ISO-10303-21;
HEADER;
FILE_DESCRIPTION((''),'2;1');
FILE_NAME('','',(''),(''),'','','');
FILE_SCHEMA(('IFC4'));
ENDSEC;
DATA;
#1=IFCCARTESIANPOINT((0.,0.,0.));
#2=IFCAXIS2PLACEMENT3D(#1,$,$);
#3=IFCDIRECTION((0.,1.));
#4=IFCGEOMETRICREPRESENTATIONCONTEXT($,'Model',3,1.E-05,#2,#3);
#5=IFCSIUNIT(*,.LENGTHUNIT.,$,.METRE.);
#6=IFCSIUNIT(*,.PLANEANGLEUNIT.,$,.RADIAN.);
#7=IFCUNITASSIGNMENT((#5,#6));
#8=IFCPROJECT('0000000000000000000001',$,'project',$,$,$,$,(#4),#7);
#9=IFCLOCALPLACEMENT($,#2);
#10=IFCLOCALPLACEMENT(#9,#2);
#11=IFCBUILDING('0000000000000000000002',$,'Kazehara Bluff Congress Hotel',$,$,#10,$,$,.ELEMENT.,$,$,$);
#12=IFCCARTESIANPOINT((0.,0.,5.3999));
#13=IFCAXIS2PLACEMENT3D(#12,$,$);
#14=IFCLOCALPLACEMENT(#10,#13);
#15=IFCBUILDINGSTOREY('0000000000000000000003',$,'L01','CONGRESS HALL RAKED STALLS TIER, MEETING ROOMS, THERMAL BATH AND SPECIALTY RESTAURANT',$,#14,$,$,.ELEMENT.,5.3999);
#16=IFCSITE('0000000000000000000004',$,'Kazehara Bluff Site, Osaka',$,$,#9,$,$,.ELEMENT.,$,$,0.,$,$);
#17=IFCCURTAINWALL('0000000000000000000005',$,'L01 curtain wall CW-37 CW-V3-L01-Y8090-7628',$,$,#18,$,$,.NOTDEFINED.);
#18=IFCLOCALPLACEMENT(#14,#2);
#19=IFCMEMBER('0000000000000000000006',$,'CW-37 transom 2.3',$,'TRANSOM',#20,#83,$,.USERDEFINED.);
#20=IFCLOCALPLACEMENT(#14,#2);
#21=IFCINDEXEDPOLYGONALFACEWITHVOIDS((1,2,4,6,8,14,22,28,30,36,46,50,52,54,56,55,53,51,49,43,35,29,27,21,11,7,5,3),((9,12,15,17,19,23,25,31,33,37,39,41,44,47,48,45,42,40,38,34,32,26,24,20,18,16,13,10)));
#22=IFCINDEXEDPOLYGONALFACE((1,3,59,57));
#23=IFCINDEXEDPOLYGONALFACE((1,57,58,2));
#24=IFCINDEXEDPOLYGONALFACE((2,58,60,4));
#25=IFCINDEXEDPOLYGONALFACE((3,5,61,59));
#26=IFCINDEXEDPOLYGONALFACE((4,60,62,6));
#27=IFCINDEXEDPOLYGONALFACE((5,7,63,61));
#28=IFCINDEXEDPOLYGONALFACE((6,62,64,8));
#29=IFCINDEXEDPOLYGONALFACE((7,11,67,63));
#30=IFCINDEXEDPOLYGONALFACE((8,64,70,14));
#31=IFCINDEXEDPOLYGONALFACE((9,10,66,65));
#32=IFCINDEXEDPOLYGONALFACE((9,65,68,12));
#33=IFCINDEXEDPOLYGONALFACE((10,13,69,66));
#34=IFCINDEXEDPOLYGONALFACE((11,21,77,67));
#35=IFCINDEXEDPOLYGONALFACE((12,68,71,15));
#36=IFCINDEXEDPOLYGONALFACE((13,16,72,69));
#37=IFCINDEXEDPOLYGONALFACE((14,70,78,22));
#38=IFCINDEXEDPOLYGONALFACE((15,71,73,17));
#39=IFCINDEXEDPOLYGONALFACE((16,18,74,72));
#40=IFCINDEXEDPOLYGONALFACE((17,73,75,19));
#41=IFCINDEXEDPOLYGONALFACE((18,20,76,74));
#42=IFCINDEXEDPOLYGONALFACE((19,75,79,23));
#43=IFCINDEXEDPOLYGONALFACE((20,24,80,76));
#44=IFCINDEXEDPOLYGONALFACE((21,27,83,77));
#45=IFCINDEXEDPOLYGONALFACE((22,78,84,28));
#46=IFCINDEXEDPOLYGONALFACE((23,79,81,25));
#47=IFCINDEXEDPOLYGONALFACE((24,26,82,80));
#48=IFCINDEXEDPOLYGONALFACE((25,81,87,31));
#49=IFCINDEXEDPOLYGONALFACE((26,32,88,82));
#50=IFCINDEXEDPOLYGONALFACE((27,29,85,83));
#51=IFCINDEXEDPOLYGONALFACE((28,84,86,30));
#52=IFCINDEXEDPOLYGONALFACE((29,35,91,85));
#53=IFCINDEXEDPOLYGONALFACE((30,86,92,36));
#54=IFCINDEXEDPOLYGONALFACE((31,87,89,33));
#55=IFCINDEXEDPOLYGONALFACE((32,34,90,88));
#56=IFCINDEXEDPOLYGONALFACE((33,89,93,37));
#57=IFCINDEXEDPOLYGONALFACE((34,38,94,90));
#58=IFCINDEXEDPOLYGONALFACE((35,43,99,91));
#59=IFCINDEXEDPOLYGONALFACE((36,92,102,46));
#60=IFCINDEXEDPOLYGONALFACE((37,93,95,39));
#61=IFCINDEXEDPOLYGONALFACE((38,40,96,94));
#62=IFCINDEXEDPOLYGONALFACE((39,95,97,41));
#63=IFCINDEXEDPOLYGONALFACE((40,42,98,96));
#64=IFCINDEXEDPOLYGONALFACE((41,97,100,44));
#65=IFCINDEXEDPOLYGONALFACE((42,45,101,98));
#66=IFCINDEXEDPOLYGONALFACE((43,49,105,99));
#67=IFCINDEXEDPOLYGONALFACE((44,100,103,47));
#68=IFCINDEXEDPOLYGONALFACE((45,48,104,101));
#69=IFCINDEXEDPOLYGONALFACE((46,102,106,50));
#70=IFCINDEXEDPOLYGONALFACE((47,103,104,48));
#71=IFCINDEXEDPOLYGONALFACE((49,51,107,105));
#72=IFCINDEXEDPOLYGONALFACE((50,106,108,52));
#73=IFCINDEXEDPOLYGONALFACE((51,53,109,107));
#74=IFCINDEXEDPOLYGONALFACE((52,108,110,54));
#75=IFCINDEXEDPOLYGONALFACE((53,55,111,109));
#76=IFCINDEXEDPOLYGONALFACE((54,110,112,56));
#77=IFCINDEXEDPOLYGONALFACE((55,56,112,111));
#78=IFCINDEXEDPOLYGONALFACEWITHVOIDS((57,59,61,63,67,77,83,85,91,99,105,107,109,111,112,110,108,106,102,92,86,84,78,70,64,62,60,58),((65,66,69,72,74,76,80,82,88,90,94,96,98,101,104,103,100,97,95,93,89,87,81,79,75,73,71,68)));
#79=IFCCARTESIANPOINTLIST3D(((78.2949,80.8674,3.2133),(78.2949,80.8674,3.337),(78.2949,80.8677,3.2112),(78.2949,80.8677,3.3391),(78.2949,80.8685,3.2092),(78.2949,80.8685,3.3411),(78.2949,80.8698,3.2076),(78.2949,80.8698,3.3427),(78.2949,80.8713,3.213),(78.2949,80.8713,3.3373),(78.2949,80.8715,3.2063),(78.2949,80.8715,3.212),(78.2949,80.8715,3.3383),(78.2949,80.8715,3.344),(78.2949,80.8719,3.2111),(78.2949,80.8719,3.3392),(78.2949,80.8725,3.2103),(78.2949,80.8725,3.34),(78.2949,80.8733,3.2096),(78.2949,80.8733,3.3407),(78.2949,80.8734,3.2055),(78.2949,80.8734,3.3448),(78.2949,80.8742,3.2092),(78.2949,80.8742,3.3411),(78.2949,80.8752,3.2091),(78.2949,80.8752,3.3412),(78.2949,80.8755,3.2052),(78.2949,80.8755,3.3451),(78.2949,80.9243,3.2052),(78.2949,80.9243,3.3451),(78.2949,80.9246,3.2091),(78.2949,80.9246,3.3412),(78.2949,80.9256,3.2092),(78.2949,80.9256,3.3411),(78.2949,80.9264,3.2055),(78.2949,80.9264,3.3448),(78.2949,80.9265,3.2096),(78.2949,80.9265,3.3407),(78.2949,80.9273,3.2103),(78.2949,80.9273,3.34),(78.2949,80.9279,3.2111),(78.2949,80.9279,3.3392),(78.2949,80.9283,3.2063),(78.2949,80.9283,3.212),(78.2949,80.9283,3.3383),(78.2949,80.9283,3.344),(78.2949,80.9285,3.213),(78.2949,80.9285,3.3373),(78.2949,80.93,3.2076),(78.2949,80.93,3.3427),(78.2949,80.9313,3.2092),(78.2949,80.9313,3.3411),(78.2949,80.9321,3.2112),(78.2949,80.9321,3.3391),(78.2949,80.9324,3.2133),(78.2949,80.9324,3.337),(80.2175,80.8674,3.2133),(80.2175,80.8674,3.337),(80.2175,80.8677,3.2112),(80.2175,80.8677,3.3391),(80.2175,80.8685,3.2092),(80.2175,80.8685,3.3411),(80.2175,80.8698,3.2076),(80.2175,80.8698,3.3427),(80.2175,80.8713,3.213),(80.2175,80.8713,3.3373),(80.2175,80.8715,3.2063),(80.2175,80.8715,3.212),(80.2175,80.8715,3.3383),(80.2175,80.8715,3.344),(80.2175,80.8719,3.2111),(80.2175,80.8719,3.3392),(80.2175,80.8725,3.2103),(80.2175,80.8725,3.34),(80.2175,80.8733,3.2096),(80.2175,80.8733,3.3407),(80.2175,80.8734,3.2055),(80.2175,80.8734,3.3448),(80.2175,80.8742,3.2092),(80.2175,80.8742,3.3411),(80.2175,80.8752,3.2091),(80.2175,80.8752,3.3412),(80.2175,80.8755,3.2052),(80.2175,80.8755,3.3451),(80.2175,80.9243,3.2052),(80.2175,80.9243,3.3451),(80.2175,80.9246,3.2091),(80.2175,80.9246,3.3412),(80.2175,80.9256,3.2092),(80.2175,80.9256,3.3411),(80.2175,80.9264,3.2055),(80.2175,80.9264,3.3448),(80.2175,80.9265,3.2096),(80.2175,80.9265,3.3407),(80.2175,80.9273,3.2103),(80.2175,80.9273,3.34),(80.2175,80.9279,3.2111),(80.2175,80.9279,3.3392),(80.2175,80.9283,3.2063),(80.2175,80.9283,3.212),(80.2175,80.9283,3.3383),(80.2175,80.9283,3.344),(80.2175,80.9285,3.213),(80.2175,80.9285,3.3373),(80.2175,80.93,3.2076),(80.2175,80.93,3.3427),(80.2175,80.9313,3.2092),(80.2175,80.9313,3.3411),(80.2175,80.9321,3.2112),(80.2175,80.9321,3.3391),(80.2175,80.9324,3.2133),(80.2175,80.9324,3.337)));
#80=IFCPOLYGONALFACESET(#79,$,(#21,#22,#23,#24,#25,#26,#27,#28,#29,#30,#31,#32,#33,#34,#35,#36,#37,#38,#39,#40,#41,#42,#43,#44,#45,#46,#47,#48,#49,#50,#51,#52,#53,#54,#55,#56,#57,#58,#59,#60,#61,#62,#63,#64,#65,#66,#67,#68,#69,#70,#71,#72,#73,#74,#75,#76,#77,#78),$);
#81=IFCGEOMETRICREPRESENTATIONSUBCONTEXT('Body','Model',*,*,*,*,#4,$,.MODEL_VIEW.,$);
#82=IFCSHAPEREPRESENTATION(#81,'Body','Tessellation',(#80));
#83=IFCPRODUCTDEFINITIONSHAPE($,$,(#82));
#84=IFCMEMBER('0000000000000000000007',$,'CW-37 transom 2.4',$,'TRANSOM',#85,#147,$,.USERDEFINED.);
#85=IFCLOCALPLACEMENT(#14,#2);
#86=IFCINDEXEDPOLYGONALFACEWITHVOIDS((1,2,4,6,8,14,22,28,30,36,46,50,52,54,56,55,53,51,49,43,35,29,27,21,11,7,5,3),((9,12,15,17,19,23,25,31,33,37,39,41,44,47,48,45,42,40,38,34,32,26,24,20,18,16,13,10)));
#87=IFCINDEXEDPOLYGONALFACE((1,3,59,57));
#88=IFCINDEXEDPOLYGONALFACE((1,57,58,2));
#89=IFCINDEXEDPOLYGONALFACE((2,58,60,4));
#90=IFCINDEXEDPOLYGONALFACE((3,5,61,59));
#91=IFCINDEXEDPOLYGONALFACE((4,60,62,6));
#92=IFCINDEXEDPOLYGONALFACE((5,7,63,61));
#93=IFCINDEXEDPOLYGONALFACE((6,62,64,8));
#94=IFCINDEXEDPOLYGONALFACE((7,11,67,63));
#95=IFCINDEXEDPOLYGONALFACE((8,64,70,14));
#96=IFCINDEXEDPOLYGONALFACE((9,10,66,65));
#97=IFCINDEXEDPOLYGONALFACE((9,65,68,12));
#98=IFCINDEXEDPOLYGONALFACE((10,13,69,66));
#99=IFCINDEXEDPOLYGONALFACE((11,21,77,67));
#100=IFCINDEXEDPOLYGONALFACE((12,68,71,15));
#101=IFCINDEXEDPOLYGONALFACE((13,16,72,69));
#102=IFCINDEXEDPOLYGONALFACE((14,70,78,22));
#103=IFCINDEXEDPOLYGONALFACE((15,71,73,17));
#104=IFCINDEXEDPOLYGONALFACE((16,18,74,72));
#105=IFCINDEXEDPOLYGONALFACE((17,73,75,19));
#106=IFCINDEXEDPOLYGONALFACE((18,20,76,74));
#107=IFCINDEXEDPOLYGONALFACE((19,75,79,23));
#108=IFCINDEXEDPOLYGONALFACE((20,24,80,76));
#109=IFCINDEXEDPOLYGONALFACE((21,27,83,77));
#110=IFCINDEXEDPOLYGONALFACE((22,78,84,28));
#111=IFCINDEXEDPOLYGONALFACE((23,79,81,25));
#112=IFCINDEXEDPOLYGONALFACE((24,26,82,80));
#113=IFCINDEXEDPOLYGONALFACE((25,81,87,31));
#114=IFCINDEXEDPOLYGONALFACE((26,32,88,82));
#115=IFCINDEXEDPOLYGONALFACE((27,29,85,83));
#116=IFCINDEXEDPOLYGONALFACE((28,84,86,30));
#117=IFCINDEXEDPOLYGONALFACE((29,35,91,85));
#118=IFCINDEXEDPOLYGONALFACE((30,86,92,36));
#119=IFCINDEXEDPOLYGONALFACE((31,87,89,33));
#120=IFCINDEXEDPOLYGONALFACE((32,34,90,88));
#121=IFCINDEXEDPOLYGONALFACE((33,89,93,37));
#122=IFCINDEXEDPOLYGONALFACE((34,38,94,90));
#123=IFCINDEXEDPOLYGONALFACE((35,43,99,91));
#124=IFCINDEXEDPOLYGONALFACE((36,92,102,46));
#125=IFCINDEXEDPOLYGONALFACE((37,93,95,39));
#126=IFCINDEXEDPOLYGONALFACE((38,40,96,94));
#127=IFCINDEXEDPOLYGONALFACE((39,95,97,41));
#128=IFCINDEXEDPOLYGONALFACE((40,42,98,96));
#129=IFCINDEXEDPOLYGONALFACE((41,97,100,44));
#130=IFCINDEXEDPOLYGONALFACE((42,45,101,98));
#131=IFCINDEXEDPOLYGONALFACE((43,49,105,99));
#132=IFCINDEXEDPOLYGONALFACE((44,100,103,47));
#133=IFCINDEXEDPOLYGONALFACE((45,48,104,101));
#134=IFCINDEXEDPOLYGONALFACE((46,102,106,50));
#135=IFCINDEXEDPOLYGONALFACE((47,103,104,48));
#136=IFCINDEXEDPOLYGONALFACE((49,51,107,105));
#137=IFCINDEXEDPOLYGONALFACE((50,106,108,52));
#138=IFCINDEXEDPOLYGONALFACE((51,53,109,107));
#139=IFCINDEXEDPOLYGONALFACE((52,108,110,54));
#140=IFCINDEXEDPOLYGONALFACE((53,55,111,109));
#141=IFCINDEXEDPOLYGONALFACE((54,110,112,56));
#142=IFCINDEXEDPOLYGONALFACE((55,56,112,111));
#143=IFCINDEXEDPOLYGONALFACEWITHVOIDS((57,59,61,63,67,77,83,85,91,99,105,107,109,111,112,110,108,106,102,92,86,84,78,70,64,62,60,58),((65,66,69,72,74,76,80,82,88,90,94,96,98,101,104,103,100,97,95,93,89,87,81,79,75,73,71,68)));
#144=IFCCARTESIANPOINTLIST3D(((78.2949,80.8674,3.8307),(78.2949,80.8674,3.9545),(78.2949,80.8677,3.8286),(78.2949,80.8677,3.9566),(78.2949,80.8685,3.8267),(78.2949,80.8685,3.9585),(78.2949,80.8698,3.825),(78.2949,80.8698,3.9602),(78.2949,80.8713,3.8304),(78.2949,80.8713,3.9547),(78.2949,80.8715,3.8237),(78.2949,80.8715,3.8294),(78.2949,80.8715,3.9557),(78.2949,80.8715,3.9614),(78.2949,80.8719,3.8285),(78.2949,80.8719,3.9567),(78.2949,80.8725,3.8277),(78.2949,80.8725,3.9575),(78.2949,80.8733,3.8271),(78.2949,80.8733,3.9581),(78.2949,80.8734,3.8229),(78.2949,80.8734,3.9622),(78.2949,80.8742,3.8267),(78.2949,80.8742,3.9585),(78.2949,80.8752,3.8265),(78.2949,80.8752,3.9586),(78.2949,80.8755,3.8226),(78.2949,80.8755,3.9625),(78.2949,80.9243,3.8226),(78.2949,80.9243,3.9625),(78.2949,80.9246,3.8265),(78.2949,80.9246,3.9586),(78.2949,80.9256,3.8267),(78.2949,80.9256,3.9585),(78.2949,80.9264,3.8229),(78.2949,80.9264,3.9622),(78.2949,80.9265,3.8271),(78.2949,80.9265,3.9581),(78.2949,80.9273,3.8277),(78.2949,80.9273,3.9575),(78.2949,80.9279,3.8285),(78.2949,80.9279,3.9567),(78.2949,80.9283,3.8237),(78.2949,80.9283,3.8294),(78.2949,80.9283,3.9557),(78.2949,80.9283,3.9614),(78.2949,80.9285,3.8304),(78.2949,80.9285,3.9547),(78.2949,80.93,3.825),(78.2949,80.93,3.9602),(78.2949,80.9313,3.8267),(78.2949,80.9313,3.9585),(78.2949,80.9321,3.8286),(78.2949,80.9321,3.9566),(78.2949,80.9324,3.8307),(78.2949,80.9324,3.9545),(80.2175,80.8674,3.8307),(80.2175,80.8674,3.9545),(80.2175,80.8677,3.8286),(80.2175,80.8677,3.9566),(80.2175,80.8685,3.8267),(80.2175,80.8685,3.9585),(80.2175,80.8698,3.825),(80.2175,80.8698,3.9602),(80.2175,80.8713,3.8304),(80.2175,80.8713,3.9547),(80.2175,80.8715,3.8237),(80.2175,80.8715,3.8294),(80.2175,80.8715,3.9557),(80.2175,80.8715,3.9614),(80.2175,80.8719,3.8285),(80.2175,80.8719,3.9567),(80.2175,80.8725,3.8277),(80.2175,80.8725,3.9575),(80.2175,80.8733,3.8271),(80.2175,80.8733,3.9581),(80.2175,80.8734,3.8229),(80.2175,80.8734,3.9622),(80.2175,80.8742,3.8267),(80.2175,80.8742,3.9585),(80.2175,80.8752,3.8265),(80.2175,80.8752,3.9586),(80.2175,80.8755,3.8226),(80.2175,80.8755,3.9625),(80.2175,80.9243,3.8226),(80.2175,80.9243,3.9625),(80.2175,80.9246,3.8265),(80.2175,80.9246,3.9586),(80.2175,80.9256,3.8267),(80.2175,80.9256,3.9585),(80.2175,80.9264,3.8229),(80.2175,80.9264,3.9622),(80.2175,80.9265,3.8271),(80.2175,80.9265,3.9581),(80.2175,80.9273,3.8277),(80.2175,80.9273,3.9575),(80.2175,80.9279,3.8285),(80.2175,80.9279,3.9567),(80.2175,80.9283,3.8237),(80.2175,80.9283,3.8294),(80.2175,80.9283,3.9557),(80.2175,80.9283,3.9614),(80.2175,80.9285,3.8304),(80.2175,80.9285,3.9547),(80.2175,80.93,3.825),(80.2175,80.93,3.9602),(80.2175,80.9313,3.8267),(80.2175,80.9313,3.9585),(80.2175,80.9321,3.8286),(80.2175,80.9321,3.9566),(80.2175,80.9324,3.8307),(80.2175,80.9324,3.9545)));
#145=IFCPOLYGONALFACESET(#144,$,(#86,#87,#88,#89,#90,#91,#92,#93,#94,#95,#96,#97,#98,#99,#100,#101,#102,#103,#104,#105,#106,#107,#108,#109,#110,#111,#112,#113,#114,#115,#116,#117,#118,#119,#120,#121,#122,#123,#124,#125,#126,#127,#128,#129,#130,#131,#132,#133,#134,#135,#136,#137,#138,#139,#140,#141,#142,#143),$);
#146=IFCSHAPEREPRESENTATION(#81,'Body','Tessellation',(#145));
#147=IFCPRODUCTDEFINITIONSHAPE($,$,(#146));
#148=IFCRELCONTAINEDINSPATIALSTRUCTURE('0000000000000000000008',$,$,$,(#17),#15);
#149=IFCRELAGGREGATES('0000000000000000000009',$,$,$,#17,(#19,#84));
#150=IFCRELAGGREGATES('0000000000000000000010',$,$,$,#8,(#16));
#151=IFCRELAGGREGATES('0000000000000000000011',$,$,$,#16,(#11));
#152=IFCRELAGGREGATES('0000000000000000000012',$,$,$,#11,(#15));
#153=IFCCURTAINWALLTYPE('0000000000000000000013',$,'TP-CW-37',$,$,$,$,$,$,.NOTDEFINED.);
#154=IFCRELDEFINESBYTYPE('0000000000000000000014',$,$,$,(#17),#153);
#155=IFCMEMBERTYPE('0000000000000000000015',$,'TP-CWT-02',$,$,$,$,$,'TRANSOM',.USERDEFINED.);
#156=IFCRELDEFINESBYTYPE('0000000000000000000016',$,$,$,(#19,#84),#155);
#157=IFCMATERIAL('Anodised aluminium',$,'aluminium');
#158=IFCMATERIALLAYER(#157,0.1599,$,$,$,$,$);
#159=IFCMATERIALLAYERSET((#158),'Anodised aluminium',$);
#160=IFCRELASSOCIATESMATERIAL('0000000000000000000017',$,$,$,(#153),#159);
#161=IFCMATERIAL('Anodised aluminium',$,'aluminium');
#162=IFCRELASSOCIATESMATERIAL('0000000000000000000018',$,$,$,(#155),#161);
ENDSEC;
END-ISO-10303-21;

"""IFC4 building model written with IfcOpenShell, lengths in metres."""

from ifc_helpers import new_model, si_unit, direction, frame, origin, origin_2d, place, context, subcontext, project, spatial, hollow_rectangle, extrude, material, layer, layer_set, material_profile, profile_set, type_object, element, aggregate, save


model = new_model("IFC4")

# Units and contexts
model_context = context("Model", 3, precision=1e-05, world=origin(), true_north=direction((0.0, 1.0)))
body_context = subcontext(model_context, "Body", "Model", "MODEL_VIEW")
ifc_project = project(units=[si_unit("LENGTHUNIT", "METRE"), si_unit("PLANEANGLEUNIT", "RADIAN")], contexts=[model_context])

# Site, building, storey
site_placement = place(None, origin())
site = spatial("IfcSite", under=ifc_project, at=site_placement, Name="Kazehara Bluff Site, Osaka", CompositionType="ELEMENT", RefElevation=0.0)
building_placement = place(site_placement, origin())
building = spatial("IfcBuilding", under=site, at=building_placement, Name="Kazehara Bluff Congress Hotel", CompositionType="ELEMENT")
storey_placement = place(building_placement, frame((0.0, 0.0, 5.3999)))
storey = spatial("IfcBuildingStorey", under=building, at=storey_placement, Name="L01", Description="CONGRESS HALL RAKED STALLS TIER, MEETING ROOMS, THERMAL BATH AND SPECIALTY RESTAURANT", CompositionType="ELEMENT", Elevation=5.3999)

# Curtain wall, members
ifc_material_1 = material(Name="Anodised aluminium", Category="aluminium")
ifc_layer_1 = layer(ifc_material_1, 0.1599)
ifc_layer_set_1 = layer_set([ifc_layer_1], Name="Anodised aluminium")
curtain_wall_type = type_object("IfcCurtainWallType", Name="TP-CW-37", PredefinedType="NOTDEFINED", material=ifc_layer_set_1)
curtain_wall_placement = place(storey_placement, origin())
curtain_wall = element("IfcCurtainWall", 1, at=curtain_wall_placement, inside=storey, type_object=curtain_wall_type, Name="L01 curtain wall CW-37 CW-V3-L01-Y8090-7628", PredefinedType="NOTDEFINED")
ifc_material_2 = material(Name="Anodised aluminium", Category="aluminium")
ifc_material_profile_1 = material_profile(ifc_material_2, hollow_rectangle(XDim=0.0649, YDim=0.1399, WallThickness=0.0039, InnerFilletRadius=0.0039, OuterFilletRadius=0.0081, at=origin_2d()))
ifc_profile_set_1 = profile_set([ifc_material_profile_1], Name="Anodised aluminium")
member_type_1 = type_object("IfcMemberType", Name="TP-CWT-02", ElementType="TRANSOM", PredefinedType="USERDEFINED", material=ifc_profile_set_1)
member_1_placement = place(storey_placement, frame((78.2949, 80.8999, 3.2751), z_axis=(1.0, 0.0, 0.0), x_axis=(0.0, 1.0, 0.0)))
member_1 = element("IfcMember", 2, at=member_1_placement, type_object=member_type_1, Name="CW-37 transom 2.3", ObjectType="TRANSOM", PredefinedType="USERDEFINED", context=body_context, shape_type="SweptSolid", body=[
    extrude(hollow_rectangle(XDim=0.0649, YDim=0.1399, WallThickness=0.0039, InnerFilletRadius=0.0039, OuterFilletRadius=0.0081, at=origin_2d()), origin(), (0.0, 0.0, 1.0), 1.9226),
])
member_2_placement = place(storey_placement, frame((78.2949, 80.8999, 3.8926), z_axis=(1.0, 0.0, 0.0), x_axis=(0.0, 1.0, 0.0)))
member_2 = element("IfcMember", 3, at=member_2_placement, type_object=member_type_1, Name="CW-37 transom 2.4", ObjectType="TRANSOM", PredefinedType="USERDEFINED", context=body_context, shape_type="SweptSolid", body=[
    extrude(hollow_rectangle(XDim=0.0649, YDim=0.1399, WallThickness=0.0039, InnerFilletRadius=0.0039, OuterFilletRadius=0.0081, at=origin_2d()), origin(), (0.0, 0.0, 1.0), 1.9226),
])

aggregate(curtain_wall, [member_1, member_2])

save(model, "model.ifc")
